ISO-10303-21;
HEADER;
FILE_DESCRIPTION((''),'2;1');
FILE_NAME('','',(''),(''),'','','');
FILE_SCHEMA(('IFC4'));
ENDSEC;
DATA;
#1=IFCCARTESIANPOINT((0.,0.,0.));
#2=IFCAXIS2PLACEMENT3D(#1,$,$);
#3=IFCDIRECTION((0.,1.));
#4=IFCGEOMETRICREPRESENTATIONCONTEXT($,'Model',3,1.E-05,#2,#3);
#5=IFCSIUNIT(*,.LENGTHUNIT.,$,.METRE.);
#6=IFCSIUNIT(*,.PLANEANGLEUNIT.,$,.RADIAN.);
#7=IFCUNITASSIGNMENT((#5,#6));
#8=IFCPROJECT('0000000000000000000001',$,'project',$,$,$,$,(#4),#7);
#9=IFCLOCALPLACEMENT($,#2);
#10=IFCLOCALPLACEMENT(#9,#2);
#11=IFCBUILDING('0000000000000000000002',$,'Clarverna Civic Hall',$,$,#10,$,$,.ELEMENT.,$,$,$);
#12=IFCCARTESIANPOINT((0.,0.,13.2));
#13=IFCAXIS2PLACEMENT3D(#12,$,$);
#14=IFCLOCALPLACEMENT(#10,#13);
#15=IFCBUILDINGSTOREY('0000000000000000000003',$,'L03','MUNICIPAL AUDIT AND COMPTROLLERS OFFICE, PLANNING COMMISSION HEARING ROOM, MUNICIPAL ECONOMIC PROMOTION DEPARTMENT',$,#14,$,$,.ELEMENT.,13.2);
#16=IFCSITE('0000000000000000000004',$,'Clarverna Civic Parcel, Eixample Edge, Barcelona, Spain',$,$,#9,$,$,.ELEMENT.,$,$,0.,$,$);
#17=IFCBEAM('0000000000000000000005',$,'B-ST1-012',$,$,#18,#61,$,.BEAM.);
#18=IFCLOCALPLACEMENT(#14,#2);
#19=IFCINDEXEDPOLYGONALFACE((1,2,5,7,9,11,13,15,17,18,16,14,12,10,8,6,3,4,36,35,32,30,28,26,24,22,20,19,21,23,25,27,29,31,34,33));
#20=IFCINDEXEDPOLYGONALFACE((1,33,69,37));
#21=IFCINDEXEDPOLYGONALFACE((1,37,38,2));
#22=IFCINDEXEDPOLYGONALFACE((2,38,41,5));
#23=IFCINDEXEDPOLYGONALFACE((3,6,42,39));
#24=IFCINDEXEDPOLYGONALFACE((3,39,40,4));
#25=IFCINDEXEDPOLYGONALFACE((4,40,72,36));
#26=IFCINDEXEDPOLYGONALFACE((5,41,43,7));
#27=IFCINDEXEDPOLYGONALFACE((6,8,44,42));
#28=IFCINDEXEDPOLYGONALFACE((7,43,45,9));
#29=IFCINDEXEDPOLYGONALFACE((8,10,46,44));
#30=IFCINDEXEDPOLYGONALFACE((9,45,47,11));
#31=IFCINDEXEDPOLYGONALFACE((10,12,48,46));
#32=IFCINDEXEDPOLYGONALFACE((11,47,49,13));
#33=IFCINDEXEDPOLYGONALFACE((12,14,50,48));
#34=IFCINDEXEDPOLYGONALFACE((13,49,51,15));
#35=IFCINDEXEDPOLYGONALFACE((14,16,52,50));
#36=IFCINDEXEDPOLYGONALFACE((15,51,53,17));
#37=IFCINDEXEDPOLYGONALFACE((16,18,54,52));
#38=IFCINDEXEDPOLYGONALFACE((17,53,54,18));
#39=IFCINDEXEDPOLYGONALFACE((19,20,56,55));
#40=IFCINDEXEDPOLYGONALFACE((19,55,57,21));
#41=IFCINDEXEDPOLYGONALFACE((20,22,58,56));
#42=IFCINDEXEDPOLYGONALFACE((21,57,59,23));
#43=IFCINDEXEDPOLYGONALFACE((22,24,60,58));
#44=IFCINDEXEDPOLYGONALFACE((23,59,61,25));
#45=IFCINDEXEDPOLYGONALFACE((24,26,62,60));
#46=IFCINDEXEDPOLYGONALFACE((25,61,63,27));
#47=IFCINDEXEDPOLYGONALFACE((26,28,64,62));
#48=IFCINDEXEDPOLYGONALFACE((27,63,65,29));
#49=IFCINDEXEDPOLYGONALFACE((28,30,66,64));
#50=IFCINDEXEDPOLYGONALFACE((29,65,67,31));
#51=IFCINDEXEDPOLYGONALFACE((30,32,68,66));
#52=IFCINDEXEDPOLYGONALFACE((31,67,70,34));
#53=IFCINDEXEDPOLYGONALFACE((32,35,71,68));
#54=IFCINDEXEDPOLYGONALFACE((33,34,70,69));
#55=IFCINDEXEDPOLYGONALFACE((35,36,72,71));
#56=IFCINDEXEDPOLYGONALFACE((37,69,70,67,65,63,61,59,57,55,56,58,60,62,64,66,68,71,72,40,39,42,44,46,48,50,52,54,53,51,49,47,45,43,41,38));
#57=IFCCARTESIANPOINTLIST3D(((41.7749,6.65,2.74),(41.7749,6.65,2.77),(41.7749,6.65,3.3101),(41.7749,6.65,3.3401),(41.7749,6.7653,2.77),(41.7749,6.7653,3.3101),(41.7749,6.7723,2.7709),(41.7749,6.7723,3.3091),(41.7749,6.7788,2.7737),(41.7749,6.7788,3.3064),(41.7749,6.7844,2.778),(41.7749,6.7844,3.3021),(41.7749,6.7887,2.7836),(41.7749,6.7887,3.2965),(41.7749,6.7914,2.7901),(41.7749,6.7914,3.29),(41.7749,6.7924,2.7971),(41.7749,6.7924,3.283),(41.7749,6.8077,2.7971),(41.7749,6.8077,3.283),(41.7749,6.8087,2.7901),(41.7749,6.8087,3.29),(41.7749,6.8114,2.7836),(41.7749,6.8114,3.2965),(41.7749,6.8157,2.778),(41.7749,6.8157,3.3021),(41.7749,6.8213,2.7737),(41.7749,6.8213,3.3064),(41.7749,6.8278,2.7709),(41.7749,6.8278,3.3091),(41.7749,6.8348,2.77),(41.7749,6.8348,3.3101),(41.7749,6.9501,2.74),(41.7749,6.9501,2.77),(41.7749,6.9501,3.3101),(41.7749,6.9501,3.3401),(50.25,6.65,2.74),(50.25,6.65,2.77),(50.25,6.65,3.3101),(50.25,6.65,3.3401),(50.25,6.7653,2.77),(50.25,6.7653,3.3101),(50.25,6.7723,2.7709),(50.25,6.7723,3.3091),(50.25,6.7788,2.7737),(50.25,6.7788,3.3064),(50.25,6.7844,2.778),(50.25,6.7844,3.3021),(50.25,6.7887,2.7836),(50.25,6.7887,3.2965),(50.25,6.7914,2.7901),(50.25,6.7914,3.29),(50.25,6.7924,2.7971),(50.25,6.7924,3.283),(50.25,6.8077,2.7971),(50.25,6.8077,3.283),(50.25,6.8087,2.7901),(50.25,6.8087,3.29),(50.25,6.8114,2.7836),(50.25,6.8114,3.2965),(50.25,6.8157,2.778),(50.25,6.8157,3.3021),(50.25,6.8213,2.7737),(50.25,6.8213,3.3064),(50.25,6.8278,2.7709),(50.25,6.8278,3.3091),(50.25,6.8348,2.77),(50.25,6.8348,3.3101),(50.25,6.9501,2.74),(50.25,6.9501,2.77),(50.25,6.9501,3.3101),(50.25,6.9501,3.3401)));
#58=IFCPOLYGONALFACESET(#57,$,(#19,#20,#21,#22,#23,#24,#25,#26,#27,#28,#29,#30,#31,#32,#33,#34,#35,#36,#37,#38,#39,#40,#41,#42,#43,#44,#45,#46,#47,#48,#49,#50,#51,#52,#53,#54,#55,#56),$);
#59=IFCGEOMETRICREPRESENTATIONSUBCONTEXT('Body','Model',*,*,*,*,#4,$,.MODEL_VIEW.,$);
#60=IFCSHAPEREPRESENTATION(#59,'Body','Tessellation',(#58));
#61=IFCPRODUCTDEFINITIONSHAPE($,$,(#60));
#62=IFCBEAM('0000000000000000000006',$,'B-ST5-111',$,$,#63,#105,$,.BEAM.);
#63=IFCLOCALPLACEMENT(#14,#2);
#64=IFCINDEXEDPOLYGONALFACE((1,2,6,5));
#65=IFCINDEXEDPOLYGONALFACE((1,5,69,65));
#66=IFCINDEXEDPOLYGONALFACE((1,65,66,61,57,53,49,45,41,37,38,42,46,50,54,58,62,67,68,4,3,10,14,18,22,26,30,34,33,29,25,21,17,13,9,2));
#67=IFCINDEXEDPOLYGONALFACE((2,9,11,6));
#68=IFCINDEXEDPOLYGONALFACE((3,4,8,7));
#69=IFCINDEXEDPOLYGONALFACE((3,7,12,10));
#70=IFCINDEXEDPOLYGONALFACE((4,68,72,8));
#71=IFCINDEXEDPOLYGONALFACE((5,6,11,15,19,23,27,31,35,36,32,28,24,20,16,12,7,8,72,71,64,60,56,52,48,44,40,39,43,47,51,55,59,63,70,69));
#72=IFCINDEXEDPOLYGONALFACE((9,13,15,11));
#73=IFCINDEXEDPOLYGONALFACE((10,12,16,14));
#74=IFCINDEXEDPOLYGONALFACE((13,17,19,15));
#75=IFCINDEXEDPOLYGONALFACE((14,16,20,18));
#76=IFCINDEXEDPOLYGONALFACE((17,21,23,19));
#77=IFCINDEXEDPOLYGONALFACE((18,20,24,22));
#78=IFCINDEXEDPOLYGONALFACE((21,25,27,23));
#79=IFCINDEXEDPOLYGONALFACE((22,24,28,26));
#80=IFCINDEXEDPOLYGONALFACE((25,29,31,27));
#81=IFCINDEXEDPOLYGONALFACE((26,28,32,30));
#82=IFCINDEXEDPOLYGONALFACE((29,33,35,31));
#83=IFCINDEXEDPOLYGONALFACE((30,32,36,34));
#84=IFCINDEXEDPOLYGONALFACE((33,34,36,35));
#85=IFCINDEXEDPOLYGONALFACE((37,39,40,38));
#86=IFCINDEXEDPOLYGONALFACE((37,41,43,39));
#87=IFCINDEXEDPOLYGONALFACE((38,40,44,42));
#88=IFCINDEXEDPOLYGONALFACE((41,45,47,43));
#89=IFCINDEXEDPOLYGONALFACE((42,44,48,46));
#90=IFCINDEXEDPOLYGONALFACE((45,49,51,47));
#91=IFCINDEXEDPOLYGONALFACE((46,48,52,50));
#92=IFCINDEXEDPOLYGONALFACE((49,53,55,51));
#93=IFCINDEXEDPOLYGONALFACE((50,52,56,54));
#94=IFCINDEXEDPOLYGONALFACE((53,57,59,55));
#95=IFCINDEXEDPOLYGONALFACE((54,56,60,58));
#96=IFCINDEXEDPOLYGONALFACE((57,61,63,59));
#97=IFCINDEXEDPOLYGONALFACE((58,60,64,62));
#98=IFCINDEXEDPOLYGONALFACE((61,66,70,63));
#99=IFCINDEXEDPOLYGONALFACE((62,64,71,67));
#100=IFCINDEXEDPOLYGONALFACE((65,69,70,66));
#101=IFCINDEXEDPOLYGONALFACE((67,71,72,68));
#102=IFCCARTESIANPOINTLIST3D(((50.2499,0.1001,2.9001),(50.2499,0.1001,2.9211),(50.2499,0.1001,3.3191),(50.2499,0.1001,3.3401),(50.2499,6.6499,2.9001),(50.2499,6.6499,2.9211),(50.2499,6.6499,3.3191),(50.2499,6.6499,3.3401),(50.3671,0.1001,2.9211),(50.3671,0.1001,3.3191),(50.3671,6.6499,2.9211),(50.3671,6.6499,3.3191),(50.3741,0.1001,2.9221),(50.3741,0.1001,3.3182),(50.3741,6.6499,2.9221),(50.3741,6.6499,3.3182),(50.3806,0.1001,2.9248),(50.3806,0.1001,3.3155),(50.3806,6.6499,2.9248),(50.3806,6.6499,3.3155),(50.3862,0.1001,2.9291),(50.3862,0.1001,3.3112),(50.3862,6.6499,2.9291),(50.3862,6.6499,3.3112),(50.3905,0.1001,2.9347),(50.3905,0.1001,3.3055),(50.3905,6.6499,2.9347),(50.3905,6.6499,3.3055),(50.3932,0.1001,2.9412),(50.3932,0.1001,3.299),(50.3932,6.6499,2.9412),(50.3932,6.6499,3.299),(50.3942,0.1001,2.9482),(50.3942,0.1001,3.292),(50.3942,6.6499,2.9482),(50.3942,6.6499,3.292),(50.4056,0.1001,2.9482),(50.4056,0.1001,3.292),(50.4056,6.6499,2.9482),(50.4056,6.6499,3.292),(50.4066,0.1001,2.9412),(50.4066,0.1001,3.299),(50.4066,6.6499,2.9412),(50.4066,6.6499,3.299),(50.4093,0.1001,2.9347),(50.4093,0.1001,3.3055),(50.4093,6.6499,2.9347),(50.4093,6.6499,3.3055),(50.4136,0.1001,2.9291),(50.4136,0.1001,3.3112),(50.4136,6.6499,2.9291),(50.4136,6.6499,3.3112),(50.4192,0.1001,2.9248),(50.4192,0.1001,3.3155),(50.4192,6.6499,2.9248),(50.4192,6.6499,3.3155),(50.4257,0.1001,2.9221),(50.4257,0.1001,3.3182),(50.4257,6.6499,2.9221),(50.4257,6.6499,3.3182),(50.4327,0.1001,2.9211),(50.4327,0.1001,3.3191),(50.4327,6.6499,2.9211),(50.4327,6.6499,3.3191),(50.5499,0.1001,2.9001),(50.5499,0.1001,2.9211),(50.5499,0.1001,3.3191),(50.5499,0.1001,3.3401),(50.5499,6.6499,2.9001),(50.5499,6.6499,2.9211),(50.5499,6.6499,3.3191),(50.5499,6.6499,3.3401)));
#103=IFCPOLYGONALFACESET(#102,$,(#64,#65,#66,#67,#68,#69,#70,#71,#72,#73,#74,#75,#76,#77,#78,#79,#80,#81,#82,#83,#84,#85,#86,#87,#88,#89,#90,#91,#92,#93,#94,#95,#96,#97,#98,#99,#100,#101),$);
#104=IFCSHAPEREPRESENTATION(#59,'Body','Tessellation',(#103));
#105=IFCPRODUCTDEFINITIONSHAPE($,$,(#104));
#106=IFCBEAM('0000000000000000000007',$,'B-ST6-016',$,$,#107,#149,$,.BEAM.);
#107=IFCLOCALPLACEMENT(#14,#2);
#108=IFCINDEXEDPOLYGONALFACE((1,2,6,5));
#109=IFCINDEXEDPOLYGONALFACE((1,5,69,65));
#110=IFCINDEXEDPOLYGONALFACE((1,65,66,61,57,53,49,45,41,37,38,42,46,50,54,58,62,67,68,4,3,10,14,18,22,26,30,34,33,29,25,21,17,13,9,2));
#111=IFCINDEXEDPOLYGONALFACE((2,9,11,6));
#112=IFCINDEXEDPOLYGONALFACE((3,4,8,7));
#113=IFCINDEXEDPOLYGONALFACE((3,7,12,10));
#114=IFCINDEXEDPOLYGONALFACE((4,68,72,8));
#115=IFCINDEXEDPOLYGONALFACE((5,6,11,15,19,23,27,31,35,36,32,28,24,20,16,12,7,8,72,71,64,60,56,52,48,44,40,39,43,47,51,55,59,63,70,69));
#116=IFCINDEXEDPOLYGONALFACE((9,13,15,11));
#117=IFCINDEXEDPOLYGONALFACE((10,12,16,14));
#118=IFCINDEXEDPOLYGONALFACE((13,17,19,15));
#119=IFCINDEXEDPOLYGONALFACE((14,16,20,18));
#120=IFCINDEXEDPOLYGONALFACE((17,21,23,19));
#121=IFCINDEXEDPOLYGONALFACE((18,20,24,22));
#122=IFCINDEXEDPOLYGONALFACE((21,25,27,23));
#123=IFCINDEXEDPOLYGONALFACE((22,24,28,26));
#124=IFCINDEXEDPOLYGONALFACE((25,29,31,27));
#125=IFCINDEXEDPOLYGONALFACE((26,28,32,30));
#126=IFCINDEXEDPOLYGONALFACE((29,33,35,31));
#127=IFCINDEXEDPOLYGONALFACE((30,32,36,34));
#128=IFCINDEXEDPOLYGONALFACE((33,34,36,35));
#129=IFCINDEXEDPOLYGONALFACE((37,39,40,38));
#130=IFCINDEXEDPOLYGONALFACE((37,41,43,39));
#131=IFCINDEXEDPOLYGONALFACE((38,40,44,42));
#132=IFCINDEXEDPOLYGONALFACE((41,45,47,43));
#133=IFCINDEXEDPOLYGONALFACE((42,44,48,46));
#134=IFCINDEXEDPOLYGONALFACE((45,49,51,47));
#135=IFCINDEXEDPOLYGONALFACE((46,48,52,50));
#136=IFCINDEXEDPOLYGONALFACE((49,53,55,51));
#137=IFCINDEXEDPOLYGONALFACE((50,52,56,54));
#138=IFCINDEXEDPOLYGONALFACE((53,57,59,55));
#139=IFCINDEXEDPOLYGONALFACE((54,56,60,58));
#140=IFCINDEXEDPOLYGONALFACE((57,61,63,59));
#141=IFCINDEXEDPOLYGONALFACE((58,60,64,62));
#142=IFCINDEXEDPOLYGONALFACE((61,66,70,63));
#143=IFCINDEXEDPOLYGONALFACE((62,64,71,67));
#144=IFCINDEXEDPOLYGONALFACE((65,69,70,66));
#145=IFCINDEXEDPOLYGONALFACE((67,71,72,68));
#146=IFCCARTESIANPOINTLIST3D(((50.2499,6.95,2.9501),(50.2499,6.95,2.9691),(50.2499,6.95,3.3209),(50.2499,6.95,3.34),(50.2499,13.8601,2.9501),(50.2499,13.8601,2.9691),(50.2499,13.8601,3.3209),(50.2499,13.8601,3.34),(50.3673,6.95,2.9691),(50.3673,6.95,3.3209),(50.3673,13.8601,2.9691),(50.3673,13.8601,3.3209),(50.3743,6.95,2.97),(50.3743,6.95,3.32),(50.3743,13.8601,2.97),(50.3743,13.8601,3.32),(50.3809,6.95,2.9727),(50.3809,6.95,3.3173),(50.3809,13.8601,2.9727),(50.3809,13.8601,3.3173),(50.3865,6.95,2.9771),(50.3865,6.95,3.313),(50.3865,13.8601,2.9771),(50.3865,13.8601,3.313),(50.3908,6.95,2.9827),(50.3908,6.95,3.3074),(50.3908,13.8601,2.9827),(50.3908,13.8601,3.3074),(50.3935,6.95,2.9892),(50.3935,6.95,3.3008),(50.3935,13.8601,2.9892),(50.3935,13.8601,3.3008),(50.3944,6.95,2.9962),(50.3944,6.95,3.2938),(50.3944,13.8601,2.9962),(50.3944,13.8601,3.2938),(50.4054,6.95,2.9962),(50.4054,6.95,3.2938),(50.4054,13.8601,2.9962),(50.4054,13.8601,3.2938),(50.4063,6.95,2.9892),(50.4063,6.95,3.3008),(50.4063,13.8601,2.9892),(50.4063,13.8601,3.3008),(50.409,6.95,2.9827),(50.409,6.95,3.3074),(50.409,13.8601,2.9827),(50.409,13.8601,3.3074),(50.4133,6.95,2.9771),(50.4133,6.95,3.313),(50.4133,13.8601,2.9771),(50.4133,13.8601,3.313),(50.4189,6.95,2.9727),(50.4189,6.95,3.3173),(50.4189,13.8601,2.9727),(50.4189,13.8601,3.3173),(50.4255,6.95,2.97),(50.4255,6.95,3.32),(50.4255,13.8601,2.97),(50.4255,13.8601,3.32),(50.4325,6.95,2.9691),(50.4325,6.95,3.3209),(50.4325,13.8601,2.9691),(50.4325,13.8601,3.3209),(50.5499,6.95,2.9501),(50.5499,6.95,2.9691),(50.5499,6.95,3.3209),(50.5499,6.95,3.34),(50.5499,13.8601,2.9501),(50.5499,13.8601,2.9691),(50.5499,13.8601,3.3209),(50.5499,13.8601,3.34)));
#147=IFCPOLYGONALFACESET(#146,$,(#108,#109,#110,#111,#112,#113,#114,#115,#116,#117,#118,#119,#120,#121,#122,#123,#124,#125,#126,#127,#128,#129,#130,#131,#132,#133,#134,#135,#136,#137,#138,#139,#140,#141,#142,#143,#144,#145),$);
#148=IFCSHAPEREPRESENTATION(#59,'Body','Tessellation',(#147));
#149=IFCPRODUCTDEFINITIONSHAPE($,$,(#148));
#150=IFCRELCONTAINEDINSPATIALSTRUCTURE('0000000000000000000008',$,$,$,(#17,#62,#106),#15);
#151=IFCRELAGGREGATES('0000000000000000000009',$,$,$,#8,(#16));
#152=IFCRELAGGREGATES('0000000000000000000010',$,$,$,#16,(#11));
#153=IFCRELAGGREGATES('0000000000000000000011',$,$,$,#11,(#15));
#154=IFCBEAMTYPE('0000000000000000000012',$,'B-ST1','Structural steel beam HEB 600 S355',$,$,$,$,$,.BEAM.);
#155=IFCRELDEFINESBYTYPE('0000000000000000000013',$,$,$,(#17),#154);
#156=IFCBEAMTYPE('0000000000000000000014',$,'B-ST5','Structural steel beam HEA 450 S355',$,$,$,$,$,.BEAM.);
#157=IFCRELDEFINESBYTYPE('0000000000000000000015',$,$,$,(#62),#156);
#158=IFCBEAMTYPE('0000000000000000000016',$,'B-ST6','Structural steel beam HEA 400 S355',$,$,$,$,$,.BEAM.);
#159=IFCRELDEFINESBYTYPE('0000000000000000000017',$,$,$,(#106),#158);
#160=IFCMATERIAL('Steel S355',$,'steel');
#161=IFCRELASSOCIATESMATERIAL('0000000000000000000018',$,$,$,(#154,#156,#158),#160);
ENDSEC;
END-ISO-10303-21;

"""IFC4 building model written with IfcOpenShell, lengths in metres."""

from ifc_helpers import new_model, si_unit, direction, frame, origin, origin_2d, place, context, subcontext, project, spatial, i_section, extrude, material, material_profile, profile_set, type_object, element, save


model = new_model("IFC4")

# Units and contexts
model_context = context("Model", 3, precision=1e-05, world=origin(), true_north=direction((0.0, 1.0)))
body_context = subcontext(model_context, "Body", "Model", "MODEL_VIEW")
ifc_project = project(units=[si_unit("LENGTHUNIT", "METRE"), si_unit("PLANEANGLEUNIT", "RADIAN")], contexts=[model_context])

# Site, building, storey
site_placement = place(None, origin())
site = spatial("IfcSite", under=ifc_project, at=site_placement, Name="Clarverna Civic Parcel, Eixample Edge, Barcelona, Spain", CompositionType="ELEMENT", RefElevation=0.0)
building_placement = place(site_placement, origin())
building = spatial("IfcBuilding", under=site, at=building_placement, Name="Clarverna Civic Hall", CompositionType="ELEMENT")
storey_placement = place(building_placement, frame((0.0, 0.0, 13.2)))
storey = spatial("IfcBuildingStorey", under=building, at=storey_placement, Name="L03", Description="MUNICIPAL AUDIT AND COMPTROLLERS OFFICE, PLANNING COMMISSION HEARING ROOM, MUNICIPAL ECONOMIC PROMOTION DEPARTMENT", CompositionType="ELEMENT", Elevation=13.2)

# Shared definitions
ifc_material_1 = material(Name="Steel S355", Category="steel")

# Beams
ifc_material_profile_1 = material_profile(ifc_material_1, i_section(OverallWidth=0.3, OverallDepth=0.6001, WebThickness=0.0154, FlangeThickness=0.03, FilletRadius=0.0271, at=origin_2d()), Name="HEB 600")
ifc_profile_set_1 = profile_set([ifc_material_profile_1], Name="Steel S355")
beam_type_1 = type_object("IfcBeamType", Name="B-ST1", Description="Structural steel beam HEB 600 S355", PredefinedType="BEAM", material=ifc_profile_set_1)
beam_1_placement = place(storey_placement, frame((41.7749, 6.8, 3.04), z_axis=(1.0, 0.0, 0.0), x_axis=(0.0, 1.0, 0.0)))
element("IfcBeam", 1, at=beam_1_placement, inside=storey, type_object=beam_type_1, Name="B-ST1-012", PredefinedType="BEAM", context=body_context, shape_type="SweptSolid", body=[
    extrude(i_section(OverallWidth=0.3, OverallDepth=0.6001, WebThickness=0.0154, FlangeThickness=0.03, FilletRadius=0.0271, at=origin_2d()), origin(), (0.0, 0.0, 1.0), 8.4751),
])
ifc_material_profile_2 = material_profile(ifc_material_1, i_section(OverallWidth=0.3, OverallDepth=0.4399, WebThickness=0.0115, FlangeThickness=0.021, FilletRadius=0.0271, at=origin_2d()), Name="HEA 450")
ifc_profile_set_2 = profile_set([ifc_material_profile_2], Name="Steel S355")
beam_type_2 = type_object("IfcBeamType", Name="B-ST5", Description="Structural steel beam HEA 450 S355", PredefinedType="BEAM", material=ifc_profile_set_2)
beam_2_placement = place(storey_placement, frame((50.3999, 0.1001, 3.1201), z_axis=(0.0, 1.0, 0.0), x_axis=(-1.0, 0.0, 0.0)))
element("IfcBeam", 2, at=beam_2_placement, inside=storey, type_object=beam_type_2, Name="B-ST5-111", PredefinedType="BEAM", context=body_context, shape_type="SweptSolid", body=[
    extrude(i_section(OverallWidth=0.3, OverallDepth=0.4399, WebThickness=0.0115, FlangeThickness=0.021, FilletRadius=0.0271, at=origin_2d()), origin(), (0.0, 0.0, 1.0), 6.5498),
])
ifc_material_profile_3 = material_profile(ifc_material_1, i_section(OverallWidth=0.3, OverallDepth=0.3899, WebThickness=0.011, FlangeThickness=0.019, FilletRadius=0.0271, at=origin_2d()), Name="HEA 400")
ifc_profile_set_3 = profile_set([ifc_material_profile_3], Name="Steel S355")
beam_type_3 = type_object("IfcBeamType", Name="B-ST6", Description="Structural steel beam HEA 400 S355", PredefinedType="BEAM", material=ifc_profile_set_3)
beam_3_placement = place(storey_placement, frame((50.3999, 6.95, 3.145), z_axis=(0.0, 1.0, 0.0), x_axis=(-1.0, 0.0, 0.0)))
element("IfcBeam", 3, at=beam_3_placement, inside=storey, type_object=beam_type_3, Name="B-ST6-016", PredefinedType="BEAM", context=body_context, shape_type="SweptSolid", body=[
    extrude(i_section(OverallWidth=0.3, OverallDepth=0.3899, WebThickness=0.011, FlangeThickness=0.019, FilletRadius=0.0271, at=origin_2d()), origin(), (0.0, 0.0, 1.0), 6.9102),
])

save(model, "model.ifc")
